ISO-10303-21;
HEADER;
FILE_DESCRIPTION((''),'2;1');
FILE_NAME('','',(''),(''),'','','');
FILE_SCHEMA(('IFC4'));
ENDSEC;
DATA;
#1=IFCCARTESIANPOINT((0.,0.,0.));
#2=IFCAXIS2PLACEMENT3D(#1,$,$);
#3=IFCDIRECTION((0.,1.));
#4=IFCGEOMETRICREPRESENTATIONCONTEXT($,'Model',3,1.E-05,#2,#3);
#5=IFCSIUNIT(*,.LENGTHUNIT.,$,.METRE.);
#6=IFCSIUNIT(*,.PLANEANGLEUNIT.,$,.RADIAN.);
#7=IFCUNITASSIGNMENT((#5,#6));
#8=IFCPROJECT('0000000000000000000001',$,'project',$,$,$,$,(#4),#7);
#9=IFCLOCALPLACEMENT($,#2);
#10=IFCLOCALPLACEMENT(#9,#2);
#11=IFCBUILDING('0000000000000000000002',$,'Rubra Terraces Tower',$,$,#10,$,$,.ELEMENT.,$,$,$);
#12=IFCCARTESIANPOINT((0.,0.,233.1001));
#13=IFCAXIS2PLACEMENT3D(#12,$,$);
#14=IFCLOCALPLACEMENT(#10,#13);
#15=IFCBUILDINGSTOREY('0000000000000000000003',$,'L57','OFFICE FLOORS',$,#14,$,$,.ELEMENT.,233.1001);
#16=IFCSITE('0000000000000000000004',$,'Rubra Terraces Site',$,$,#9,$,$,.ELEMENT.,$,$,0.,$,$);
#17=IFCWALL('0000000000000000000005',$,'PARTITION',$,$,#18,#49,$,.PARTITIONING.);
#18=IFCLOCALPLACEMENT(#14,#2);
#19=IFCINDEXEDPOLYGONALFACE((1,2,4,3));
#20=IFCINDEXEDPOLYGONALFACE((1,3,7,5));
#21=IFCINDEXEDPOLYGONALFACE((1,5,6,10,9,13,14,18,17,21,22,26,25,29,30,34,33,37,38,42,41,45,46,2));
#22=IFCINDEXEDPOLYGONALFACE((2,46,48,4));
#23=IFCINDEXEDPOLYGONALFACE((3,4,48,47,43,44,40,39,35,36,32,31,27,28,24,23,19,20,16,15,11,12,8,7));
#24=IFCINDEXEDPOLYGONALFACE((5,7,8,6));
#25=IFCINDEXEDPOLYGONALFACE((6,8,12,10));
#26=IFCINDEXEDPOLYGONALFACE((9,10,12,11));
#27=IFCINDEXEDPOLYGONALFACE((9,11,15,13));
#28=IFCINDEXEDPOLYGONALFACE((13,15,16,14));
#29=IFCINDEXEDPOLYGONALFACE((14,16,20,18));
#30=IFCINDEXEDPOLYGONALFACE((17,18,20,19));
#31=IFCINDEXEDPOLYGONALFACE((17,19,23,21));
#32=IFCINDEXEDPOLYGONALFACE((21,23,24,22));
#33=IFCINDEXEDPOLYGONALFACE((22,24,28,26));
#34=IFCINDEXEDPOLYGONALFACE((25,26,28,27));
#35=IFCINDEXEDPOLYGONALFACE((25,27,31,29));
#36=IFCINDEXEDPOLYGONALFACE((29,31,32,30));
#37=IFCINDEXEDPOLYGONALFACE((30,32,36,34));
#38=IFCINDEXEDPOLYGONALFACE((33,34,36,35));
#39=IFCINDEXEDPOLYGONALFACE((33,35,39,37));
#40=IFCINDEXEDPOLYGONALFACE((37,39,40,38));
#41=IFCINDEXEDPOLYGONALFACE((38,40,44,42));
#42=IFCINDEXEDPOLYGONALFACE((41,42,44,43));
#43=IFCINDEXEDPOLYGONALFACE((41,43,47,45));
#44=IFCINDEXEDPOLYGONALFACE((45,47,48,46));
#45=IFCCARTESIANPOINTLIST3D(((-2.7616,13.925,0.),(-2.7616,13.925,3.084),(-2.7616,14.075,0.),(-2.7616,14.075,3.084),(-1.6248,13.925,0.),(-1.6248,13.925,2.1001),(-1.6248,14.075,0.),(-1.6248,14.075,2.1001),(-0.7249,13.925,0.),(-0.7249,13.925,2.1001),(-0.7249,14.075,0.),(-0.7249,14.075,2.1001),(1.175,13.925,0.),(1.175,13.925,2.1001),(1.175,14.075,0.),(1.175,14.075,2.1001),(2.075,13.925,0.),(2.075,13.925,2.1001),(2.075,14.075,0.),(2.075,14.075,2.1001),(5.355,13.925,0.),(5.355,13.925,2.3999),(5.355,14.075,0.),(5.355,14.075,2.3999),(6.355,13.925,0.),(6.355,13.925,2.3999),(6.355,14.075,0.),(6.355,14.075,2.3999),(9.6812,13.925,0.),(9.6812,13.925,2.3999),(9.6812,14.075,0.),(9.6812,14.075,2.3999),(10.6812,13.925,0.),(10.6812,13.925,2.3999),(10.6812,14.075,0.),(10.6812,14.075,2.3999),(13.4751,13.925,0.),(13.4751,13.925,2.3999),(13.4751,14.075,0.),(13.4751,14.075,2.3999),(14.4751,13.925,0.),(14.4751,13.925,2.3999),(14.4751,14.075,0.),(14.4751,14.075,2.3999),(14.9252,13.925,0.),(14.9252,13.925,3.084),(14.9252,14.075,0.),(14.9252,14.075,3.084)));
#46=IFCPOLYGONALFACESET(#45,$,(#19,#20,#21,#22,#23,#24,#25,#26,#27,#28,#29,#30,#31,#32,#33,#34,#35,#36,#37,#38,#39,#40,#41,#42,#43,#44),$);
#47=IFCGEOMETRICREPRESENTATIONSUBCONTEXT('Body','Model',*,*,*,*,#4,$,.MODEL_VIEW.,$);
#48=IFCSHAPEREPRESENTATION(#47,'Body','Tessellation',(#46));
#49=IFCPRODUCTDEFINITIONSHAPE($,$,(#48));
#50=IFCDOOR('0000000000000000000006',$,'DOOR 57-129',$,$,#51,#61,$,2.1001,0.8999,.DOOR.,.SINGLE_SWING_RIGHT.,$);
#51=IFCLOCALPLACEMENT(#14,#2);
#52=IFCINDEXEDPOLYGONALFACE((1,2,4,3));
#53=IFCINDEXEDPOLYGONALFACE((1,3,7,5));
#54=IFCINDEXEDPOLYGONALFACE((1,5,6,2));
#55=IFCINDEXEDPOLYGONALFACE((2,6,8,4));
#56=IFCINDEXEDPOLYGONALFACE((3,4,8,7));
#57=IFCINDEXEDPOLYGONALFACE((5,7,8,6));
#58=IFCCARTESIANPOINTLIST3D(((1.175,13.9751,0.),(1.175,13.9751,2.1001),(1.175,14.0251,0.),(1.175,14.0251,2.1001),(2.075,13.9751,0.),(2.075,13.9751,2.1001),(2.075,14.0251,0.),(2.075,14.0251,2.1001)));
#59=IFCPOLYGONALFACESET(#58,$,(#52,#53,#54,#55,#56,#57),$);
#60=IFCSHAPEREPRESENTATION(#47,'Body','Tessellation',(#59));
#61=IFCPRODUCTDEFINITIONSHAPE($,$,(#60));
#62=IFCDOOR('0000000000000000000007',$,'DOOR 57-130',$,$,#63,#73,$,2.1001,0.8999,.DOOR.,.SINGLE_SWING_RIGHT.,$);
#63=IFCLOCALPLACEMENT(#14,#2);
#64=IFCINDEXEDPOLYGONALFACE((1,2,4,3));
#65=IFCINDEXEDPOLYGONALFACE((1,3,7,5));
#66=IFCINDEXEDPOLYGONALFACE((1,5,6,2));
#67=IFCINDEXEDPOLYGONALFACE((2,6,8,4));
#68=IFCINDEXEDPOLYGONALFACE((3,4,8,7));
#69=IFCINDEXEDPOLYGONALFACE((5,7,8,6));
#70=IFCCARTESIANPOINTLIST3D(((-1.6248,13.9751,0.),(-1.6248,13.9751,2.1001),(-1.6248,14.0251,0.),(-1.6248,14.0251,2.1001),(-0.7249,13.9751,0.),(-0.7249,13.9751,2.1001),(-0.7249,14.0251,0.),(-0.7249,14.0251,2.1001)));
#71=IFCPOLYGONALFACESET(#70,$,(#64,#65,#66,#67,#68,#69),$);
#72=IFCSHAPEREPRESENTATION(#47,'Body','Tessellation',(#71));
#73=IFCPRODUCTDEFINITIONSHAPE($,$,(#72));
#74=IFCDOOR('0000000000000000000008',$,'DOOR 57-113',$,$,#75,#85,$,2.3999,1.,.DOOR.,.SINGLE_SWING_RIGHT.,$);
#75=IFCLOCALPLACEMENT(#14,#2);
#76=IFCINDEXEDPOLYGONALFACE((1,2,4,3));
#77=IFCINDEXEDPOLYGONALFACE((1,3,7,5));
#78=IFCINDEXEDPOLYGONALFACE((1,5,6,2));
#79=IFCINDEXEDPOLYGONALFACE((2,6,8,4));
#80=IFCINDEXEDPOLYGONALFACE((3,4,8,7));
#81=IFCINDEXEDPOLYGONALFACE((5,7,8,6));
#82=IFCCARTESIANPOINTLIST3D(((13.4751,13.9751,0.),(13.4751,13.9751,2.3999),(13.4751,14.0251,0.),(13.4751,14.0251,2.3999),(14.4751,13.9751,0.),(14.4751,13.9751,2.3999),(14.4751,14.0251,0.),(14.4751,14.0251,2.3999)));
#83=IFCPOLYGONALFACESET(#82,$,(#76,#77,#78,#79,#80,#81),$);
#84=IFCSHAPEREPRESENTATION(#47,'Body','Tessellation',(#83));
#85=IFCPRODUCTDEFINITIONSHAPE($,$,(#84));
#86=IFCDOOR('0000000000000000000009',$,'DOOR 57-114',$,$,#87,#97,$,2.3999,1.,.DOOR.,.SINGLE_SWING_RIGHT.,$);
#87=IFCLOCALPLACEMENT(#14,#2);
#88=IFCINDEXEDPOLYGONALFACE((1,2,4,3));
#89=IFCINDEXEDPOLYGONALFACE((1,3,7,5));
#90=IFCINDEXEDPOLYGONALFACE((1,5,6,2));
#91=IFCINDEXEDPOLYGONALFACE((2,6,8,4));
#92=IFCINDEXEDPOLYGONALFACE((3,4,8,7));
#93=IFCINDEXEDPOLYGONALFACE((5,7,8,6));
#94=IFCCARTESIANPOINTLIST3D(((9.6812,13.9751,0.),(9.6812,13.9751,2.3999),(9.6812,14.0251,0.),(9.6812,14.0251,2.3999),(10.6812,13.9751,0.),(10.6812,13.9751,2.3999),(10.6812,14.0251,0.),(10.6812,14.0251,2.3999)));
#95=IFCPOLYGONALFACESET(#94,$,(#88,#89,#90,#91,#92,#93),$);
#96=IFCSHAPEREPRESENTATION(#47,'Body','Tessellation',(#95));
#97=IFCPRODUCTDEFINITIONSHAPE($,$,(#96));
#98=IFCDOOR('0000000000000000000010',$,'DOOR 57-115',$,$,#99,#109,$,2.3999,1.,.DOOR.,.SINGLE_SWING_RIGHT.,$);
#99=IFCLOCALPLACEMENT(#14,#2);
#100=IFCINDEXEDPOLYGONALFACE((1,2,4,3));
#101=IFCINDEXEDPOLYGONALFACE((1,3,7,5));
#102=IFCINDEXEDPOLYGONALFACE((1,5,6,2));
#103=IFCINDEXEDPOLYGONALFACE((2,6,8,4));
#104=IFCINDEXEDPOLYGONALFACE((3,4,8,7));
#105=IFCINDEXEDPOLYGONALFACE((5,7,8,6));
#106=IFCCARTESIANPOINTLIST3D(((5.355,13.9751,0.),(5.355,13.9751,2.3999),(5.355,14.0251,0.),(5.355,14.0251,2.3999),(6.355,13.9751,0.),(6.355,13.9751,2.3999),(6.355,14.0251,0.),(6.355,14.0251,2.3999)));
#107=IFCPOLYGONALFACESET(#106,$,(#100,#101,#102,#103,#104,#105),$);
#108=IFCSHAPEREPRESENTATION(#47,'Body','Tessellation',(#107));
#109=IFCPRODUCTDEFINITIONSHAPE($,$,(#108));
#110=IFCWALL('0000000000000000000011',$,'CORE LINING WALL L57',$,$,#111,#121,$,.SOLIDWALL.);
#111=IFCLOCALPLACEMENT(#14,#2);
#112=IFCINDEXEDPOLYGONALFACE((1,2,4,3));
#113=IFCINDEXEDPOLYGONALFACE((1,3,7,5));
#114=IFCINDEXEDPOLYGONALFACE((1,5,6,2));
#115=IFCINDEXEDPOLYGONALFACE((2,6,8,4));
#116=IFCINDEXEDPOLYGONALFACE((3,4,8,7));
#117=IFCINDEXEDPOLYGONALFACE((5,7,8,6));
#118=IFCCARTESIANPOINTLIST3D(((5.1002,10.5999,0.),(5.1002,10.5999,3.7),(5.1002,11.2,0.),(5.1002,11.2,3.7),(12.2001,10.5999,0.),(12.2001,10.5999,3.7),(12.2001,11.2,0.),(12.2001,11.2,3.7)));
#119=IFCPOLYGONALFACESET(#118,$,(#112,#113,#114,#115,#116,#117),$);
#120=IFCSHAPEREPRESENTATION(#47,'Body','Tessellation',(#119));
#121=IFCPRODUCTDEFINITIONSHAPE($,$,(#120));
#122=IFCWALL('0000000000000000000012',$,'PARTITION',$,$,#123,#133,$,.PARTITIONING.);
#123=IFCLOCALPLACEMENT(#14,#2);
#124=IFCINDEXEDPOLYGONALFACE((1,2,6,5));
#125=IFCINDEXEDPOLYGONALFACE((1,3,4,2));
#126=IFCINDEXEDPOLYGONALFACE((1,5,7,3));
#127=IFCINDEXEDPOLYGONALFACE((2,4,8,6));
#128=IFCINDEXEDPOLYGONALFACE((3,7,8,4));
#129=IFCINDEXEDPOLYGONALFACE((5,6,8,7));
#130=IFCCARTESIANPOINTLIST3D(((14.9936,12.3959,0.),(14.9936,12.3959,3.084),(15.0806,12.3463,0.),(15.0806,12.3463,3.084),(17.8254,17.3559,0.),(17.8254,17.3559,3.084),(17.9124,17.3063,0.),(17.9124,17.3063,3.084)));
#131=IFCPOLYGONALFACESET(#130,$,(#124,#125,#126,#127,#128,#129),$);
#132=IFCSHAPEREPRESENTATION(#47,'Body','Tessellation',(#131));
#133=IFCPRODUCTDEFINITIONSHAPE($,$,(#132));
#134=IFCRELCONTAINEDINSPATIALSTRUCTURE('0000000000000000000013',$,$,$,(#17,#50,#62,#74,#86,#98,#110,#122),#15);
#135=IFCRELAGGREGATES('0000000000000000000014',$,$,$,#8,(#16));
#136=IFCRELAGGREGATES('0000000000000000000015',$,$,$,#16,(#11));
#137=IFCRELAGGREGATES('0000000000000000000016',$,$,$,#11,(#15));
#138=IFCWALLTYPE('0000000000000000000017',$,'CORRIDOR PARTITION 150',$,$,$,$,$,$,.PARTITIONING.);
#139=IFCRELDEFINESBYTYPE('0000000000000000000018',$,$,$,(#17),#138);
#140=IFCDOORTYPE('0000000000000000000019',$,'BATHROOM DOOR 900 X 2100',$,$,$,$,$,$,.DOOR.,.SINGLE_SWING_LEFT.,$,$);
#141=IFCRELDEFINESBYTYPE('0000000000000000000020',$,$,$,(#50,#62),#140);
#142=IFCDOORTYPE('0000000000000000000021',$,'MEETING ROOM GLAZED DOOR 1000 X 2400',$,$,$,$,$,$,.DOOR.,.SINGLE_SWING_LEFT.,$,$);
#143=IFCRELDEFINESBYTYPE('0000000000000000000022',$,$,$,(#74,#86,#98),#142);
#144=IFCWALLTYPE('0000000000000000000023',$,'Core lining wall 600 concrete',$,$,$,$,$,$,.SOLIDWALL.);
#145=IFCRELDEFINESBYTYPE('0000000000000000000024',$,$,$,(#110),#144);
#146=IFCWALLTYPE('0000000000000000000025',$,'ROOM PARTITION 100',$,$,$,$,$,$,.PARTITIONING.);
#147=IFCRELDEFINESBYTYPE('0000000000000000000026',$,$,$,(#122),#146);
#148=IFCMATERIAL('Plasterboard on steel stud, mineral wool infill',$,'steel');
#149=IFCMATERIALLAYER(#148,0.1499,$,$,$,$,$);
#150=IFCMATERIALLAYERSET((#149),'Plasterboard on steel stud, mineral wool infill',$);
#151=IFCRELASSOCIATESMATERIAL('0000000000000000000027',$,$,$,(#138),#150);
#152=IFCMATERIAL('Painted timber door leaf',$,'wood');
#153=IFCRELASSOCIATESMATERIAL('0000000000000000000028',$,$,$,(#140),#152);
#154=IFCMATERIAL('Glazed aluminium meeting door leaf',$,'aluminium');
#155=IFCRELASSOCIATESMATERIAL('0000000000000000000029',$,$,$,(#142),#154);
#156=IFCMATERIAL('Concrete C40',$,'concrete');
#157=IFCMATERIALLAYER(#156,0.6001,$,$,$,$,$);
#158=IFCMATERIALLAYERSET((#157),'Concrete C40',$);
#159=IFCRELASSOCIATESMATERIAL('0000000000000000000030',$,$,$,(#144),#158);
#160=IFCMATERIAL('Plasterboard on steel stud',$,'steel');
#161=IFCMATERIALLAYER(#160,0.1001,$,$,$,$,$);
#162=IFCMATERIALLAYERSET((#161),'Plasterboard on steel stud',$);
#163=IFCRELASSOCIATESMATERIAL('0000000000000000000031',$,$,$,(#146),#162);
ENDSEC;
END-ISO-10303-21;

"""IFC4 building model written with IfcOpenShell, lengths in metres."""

from ifc_helpers import new_model, si_unit, direction, frame, frame_2d, origin, place, context, subcontext, project, spatial, rectangle, extrude, material, layer, layer_set, type_object, element, fill, save


model = new_model("IFC4")

# Units and contexts
model_context = context("Model", 3, precision=1e-05, world=origin(), true_north=direction((0.0, 1.0)))
body_context = subcontext(model_context, "Body", "Model", "MODEL_VIEW")
ifc_project = project(units=[si_unit("LENGTHUNIT", "METRE"), si_unit("PLANEANGLEUNIT", "RADIAN")], contexts=[model_context])

# Site, building, storey
site_placement = place(None, origin())
site = spatial("IfcSite", under=ifc_project, at=site_placement, Name="Rubra Terraces Site", CompositionType="ELEMENT", RefElevation=0.0)
building_placement = place(site_placement, origin())
building = spatial("IfcBuilding", under=site, at=building_placement, Name="Rubra Terraces Tower", CompositionType="ELEMENT")
storey_placement = place(building_placement, frame((0.0, 0.0, 233.1001)))
storey = spatial("IfcBuildingStorey", under=building, at=storey_placement, Name="L57", Description="OFFICE FLOORS", CompositionType="ELEMENT", Elevation=233.1001)

# Wall, openings, doors
ifc_material_1 = material(Name="Plasterboard on steel stud, mineral wool infill", Category="steel")
ifc_layer_1 = layer(ifc_material_1, 0.1499)
ifc_layer_set_1 = layer_set([ifc_layer_1], Name="Plasterboard on steel stud, mineral wool infill")
wall_type_1 = type_object("IfcWallType", Name="CORRIDOR PARTITION 150", PredefinedType="PARTITIONING", material=ifc_layer_set_1)
wall_1_placement = place(storey_placement, frame((14.925, 14.0, 0.0), z_axis=(0.0, 0.0, 1.0), x_axis=(-1.0, 0.0, 0.0)))
wall_1 = element("IfcWall", 1, at=wall_1_placement, inside=storey, type_object=wall_type_1, Name="PARTITION", PredefinedType="PARTITIONING", context=body_context, shape_type="SweptSolid", body=[
    extrude(rectangle(XDim=17.6868, YDim=0.1499, at=frame_2d((8.8433, 0.0))), origin(), (0.0, 0.0, 1.0), 3.084),
])
opening_1_placement = place(wall_1_placement, frame((0.45, 0.0, 0.0)))
opening_1 = element("IfcOpeningElement", 2, at=opening_1_placement, cuts=wall_1, PredefinedType="OPENING", context=body_context, shape_type="SweptSolid", body=[
    extrude(rectangle(XDim=1.0, YDim=2.3999, at=frame_2d((0.5, 1.2))), frame((0.0, 0.085, 0.0), z_axis=(0.0, -1.0, 0.0), x_axis=(1.0, 0.0, 0.0)), (0.0, 0.0, 1.0), 0.1699),
])
opening_2_placement = place(wall_1_placement, frame((4.2439, 0.0, 0.0)))
opening_2 = element("IfcOpeningElement", 3, at=opening_2_placement, cuts=wall_1, PredefinedType="OPENING", context=body_context, shape_type="SweptSolid", body=[
    extrude(rectangle(XDim=1.0, YDim=2.3999, at=frame_2d((0.5, 1.2))), frame((0.0, 0.085, 0.0), z_axis=(0.0, -1.0, 0.0), x_axis=(1.0, 0.0, 0.0)), (0.0, 0.0, 1.0), 0.1699),
])
opening_3_placement = place(wall_1_placement, frame((8.5701, 0.0, 0.0)))
opening_3 = element("IfcOpeningElement", 4, at=opening_3_placement, cuts=wall_1, PredefinedType="OPENING", context=body_context, shape_type="SweptSolid", body=[
    extrude(rectangle(XDim=1.0, YDim=2.3999, at=frame_2d((0.5, 1.2))), frame((0.0, 0.085, 0.0), z_axis=(0.0, -1.0, 0.0), x_axis=(1.0, 0.0, 0.0)), (0.0, 0.0, 1.0), 0.1699),
])
opening_4_placement = place(wall_1_placement, frame((12.8501, 0.0, 0.0)))
opening_4 = element("IfcOpeningElement", 5, at=opening_4_placement, cuts=wall_1, PredefinedType="OPENING", context=body_context, shape_type="SweptSolid", body=[
    extrude(rectangle(XDim=0.8999, YDim=2.1001, at=frame_2d((0.45, 1.05))), frame((0.0, 0.085, 0.0), z_axis=(0.0, -1.0, 0.0), x_axis=(1.0, 0.0, 0.0)), (0.0, 0.0, 1.0), 0.1699),
])
opening_5_placement = place(wall_1_placement, frame((15.6499, 0.0, 0.0)))
opening_5 = element("IfcOpeningElement", 6, at=opening_5_placement, cuts=wall_1, PredefinedType="OPENING", context=body_context, shape_type="SweptSolid", body=[
    extrude(rectangle(XDim=0.8999, YDim=2.1001, at=frame_2d((0.45, 1.05))), frame((0.0, 0.085, 0.0), z_axis=(0.0, -1.0, 0.0), x_axis=(1.0, 0.0, 0.0)), (0.0, 0.0, 1.0), 0.1699),
])
ifc_material_2 = material(Name="Painted timber door leaf", Category="wood")
door_type_1 = type_object("IfcDoorType", Name="BATHROOM DOOR 900 X 2100", OperationType="SINGLE_SWING_LEFT", PredefinedType="DOOR", material=ifc_material_2)
door_1_placement = place(opening_4_placement, origin())
door_1 = element("IfcDoor", 7, at=door_1_placement, inside=storey, type_object=door_type_1, Name="DOOR 57-129", OperationType="SINGLE_SWING_RIGHT", OverallHeight=2.1001, OverallWidth=0.8999, PredefinedType="DOOR", context=body_context, shape_type="SweptSolid", body=[
    extrude(rectangle(XDim=0.8999, YDim=2.1001, at=frame_2d((0.45, 1.05))), frame((0.0, 0.0249, 0.0), z_axis=(0.0, -1.0, 0.0), x_axis=(1.0, 0.0, 0.0)), (0.0, 0.0, 1.0), 0.05),
])
fill(opening_4, door_1)
door_2_placement = place(opening_5_placement, origin())
door_2 = element("IfcDoor", 8, at=door_2_placement, inside=storey, type_object=door_type_1, Name="DOOR 57-130", OperationType="SINGLE_SWING_RIGHT", OverallHeight=2.1001, OverallWidth=0.8999, PredefinedType="DOOR", context=body_context, shape_type="SweptSolid", body=[
    extrude(rectangle(XDim=0.8999, YDim=2.1001, at=frame_2d((0.45, 1.05))), frame((0.0, 0.0249, 0.0), z_axis=(0.0, -1.0, 0.0), x_axis=(1.0, 0.0, 0.0)), (0.0, 0.0, 1.0), 0.05),
])
fill(opening_5, door_2)
ifc_material_3 = material(Name="Glazed aluminium meeting door leaf", Category="aluminium")
door_type_2 = type_object("IfcDoorType", Name="MEETING ROOM GLAZED DOOR 1000 X 2400", OperationType="SINGLE_SWING_LEFT", PredefinedType="DOOR", material=ifc_material_3)
door_3_placement = place(opening_1_placement, origin())
door_3 = element("IfcDoor", 9, at=door_3_placement, inside=storey, type_object=door_type_2, Name="DOOR 57-113", OperationType="SINGLE_SWING_RIGHT", OverallHeight=2.3999, OverallWidth=1.0, PredefinedType="DOOR", context=body_context, shape_type="SweptSolid", body=[
    extrude(rectangle(XDim=1.0, YDim=2.3999, at=frame_2d((0.5, 1.2))), frame((0.0, 0.0249, 0.0), z_axis=(0.0, -1.0, 0.0), x_axis=(1.0, 0.0, 0.0)), (0.0, 0.0, 1.0), 0.05),
])
fill(opening_1, door_3)
door_4_placement = place(opening_2_placement, origin())
door_4 = element("IfcDoor", 10, at=door_4_placement, inside=storey, type_object=door_type_2, Name="DOOR 57-114", OperationType="SINGLE_SWING_RIGHT", OverallHeight=2.3999, OverallWidth=1.0, PredefinedType="DOOR", context=body_context, shape_type="SweptSolid", body=[
    extrude(rectangle(XDim=1.0, YDim=2.3999, at=frame_2d((0.5, 1.2))), frame((0.0, 0.0249, 0.0), z_axis=(0.0, -1.0, 0.0), x_axis=(1.0, 0.0, 0.0)), (0.0, 0.0, 1.0), 0.05),
])
fill(opening_2, door_4)
door_5_placement = place(opening_3_placement, origin())
door_5 = element("IfcDoor", 11, at=door_5_placement, inside=storey, type_object=door_type_2, Name="DOOR 57-115", OperationType="SINGLE_SWING_RIGHT", OverallHeight=2.3999, OverallWidth=1.0, PredefinedType="DOOR", context=body_context, shape_type="SweptSolid", body=[
    extrude(rectangle(XDim=1.0, YDim=2.3999, at=frame_2d((0.5, 1.2))), frame((0.0, 0.0249, 0.0), z_axis=(0.0, -1.0, 0.0), x_axis=(1.0, 0.0, 0.0)), (0.0, 0.0, 1.0), 0.05),
])
fill(opening_3, door_5)

# Walls
ifc_material_4 = material(Name="Concrete C40", Category="concrete")
ifc_layer_2 = layer(ifc_material_4, 0.6001)
ifc_layer_set_2 = layer_set([ifc_layer_2], Name="Concrete C40")
wall_type_2 = type_object("IfcWallType", Name="Core lining wall 600 concrete", PredefinedType="SOLIDWALL", material=ifc_layer_set_2)
wall_2_placement = place(storey_placement, frame((12.2, 10.8999, 0.0), z_axis=(0.0, 0.0, 1.0), x_axis=(-1.0, 0.0, 0.0)))
element("IfcWall", 12, at=wall_2_placement, inside=storey, type_object=wall_type_2, Name="CORE LINING WALL L57", PredefinedType="SOLIDWALL", context=body_context, shape_type="SweptSolid", body=[
    extrude(rectangle(XDim=7.0999, YDim=0.6001, at=frame_2d((3.5498, 0.0))), origin(), (0.0, 0.0, 1.0), 3.7),
])
ifc_material_5 = material(Name="Plasterboard on steel stud", Category="steel")
ifc_layer_3 = layer(ifc_material_5, 0.1001)
ifc_layer_set_3 = layer_set([ifc_layer_3], Name="Plasterboard on steel stud")
wall_type_3 = type_object("IfcWallType", Name="ROOM PARTITION 100", PredefinedType="PARTITIONING", material=ifc_layer_set_3)
wall_3_placement = place(storey_placement, frame((15.0371, 12.3711, 0.0), z_axis=(0.0, 0.0, 1.0), x_axis=(0.495812, 0.86843, 0.0)))
element("IfcWall", 13, at=wall_3_placement, inside=storey, type_object=wall_type_3, Name="PARTITION", PredefinedType="PARTITIONING", context=body_context, shape_type="SweptSolid", body=[
    extrude(rectangle(XDim=5.7114, YDim=0.1001, at=frame_2d((2.8557, 0.0))), origin(), (0.0, 0.0, 1.0), 3.084),
])

save(model, "model.ifc")
